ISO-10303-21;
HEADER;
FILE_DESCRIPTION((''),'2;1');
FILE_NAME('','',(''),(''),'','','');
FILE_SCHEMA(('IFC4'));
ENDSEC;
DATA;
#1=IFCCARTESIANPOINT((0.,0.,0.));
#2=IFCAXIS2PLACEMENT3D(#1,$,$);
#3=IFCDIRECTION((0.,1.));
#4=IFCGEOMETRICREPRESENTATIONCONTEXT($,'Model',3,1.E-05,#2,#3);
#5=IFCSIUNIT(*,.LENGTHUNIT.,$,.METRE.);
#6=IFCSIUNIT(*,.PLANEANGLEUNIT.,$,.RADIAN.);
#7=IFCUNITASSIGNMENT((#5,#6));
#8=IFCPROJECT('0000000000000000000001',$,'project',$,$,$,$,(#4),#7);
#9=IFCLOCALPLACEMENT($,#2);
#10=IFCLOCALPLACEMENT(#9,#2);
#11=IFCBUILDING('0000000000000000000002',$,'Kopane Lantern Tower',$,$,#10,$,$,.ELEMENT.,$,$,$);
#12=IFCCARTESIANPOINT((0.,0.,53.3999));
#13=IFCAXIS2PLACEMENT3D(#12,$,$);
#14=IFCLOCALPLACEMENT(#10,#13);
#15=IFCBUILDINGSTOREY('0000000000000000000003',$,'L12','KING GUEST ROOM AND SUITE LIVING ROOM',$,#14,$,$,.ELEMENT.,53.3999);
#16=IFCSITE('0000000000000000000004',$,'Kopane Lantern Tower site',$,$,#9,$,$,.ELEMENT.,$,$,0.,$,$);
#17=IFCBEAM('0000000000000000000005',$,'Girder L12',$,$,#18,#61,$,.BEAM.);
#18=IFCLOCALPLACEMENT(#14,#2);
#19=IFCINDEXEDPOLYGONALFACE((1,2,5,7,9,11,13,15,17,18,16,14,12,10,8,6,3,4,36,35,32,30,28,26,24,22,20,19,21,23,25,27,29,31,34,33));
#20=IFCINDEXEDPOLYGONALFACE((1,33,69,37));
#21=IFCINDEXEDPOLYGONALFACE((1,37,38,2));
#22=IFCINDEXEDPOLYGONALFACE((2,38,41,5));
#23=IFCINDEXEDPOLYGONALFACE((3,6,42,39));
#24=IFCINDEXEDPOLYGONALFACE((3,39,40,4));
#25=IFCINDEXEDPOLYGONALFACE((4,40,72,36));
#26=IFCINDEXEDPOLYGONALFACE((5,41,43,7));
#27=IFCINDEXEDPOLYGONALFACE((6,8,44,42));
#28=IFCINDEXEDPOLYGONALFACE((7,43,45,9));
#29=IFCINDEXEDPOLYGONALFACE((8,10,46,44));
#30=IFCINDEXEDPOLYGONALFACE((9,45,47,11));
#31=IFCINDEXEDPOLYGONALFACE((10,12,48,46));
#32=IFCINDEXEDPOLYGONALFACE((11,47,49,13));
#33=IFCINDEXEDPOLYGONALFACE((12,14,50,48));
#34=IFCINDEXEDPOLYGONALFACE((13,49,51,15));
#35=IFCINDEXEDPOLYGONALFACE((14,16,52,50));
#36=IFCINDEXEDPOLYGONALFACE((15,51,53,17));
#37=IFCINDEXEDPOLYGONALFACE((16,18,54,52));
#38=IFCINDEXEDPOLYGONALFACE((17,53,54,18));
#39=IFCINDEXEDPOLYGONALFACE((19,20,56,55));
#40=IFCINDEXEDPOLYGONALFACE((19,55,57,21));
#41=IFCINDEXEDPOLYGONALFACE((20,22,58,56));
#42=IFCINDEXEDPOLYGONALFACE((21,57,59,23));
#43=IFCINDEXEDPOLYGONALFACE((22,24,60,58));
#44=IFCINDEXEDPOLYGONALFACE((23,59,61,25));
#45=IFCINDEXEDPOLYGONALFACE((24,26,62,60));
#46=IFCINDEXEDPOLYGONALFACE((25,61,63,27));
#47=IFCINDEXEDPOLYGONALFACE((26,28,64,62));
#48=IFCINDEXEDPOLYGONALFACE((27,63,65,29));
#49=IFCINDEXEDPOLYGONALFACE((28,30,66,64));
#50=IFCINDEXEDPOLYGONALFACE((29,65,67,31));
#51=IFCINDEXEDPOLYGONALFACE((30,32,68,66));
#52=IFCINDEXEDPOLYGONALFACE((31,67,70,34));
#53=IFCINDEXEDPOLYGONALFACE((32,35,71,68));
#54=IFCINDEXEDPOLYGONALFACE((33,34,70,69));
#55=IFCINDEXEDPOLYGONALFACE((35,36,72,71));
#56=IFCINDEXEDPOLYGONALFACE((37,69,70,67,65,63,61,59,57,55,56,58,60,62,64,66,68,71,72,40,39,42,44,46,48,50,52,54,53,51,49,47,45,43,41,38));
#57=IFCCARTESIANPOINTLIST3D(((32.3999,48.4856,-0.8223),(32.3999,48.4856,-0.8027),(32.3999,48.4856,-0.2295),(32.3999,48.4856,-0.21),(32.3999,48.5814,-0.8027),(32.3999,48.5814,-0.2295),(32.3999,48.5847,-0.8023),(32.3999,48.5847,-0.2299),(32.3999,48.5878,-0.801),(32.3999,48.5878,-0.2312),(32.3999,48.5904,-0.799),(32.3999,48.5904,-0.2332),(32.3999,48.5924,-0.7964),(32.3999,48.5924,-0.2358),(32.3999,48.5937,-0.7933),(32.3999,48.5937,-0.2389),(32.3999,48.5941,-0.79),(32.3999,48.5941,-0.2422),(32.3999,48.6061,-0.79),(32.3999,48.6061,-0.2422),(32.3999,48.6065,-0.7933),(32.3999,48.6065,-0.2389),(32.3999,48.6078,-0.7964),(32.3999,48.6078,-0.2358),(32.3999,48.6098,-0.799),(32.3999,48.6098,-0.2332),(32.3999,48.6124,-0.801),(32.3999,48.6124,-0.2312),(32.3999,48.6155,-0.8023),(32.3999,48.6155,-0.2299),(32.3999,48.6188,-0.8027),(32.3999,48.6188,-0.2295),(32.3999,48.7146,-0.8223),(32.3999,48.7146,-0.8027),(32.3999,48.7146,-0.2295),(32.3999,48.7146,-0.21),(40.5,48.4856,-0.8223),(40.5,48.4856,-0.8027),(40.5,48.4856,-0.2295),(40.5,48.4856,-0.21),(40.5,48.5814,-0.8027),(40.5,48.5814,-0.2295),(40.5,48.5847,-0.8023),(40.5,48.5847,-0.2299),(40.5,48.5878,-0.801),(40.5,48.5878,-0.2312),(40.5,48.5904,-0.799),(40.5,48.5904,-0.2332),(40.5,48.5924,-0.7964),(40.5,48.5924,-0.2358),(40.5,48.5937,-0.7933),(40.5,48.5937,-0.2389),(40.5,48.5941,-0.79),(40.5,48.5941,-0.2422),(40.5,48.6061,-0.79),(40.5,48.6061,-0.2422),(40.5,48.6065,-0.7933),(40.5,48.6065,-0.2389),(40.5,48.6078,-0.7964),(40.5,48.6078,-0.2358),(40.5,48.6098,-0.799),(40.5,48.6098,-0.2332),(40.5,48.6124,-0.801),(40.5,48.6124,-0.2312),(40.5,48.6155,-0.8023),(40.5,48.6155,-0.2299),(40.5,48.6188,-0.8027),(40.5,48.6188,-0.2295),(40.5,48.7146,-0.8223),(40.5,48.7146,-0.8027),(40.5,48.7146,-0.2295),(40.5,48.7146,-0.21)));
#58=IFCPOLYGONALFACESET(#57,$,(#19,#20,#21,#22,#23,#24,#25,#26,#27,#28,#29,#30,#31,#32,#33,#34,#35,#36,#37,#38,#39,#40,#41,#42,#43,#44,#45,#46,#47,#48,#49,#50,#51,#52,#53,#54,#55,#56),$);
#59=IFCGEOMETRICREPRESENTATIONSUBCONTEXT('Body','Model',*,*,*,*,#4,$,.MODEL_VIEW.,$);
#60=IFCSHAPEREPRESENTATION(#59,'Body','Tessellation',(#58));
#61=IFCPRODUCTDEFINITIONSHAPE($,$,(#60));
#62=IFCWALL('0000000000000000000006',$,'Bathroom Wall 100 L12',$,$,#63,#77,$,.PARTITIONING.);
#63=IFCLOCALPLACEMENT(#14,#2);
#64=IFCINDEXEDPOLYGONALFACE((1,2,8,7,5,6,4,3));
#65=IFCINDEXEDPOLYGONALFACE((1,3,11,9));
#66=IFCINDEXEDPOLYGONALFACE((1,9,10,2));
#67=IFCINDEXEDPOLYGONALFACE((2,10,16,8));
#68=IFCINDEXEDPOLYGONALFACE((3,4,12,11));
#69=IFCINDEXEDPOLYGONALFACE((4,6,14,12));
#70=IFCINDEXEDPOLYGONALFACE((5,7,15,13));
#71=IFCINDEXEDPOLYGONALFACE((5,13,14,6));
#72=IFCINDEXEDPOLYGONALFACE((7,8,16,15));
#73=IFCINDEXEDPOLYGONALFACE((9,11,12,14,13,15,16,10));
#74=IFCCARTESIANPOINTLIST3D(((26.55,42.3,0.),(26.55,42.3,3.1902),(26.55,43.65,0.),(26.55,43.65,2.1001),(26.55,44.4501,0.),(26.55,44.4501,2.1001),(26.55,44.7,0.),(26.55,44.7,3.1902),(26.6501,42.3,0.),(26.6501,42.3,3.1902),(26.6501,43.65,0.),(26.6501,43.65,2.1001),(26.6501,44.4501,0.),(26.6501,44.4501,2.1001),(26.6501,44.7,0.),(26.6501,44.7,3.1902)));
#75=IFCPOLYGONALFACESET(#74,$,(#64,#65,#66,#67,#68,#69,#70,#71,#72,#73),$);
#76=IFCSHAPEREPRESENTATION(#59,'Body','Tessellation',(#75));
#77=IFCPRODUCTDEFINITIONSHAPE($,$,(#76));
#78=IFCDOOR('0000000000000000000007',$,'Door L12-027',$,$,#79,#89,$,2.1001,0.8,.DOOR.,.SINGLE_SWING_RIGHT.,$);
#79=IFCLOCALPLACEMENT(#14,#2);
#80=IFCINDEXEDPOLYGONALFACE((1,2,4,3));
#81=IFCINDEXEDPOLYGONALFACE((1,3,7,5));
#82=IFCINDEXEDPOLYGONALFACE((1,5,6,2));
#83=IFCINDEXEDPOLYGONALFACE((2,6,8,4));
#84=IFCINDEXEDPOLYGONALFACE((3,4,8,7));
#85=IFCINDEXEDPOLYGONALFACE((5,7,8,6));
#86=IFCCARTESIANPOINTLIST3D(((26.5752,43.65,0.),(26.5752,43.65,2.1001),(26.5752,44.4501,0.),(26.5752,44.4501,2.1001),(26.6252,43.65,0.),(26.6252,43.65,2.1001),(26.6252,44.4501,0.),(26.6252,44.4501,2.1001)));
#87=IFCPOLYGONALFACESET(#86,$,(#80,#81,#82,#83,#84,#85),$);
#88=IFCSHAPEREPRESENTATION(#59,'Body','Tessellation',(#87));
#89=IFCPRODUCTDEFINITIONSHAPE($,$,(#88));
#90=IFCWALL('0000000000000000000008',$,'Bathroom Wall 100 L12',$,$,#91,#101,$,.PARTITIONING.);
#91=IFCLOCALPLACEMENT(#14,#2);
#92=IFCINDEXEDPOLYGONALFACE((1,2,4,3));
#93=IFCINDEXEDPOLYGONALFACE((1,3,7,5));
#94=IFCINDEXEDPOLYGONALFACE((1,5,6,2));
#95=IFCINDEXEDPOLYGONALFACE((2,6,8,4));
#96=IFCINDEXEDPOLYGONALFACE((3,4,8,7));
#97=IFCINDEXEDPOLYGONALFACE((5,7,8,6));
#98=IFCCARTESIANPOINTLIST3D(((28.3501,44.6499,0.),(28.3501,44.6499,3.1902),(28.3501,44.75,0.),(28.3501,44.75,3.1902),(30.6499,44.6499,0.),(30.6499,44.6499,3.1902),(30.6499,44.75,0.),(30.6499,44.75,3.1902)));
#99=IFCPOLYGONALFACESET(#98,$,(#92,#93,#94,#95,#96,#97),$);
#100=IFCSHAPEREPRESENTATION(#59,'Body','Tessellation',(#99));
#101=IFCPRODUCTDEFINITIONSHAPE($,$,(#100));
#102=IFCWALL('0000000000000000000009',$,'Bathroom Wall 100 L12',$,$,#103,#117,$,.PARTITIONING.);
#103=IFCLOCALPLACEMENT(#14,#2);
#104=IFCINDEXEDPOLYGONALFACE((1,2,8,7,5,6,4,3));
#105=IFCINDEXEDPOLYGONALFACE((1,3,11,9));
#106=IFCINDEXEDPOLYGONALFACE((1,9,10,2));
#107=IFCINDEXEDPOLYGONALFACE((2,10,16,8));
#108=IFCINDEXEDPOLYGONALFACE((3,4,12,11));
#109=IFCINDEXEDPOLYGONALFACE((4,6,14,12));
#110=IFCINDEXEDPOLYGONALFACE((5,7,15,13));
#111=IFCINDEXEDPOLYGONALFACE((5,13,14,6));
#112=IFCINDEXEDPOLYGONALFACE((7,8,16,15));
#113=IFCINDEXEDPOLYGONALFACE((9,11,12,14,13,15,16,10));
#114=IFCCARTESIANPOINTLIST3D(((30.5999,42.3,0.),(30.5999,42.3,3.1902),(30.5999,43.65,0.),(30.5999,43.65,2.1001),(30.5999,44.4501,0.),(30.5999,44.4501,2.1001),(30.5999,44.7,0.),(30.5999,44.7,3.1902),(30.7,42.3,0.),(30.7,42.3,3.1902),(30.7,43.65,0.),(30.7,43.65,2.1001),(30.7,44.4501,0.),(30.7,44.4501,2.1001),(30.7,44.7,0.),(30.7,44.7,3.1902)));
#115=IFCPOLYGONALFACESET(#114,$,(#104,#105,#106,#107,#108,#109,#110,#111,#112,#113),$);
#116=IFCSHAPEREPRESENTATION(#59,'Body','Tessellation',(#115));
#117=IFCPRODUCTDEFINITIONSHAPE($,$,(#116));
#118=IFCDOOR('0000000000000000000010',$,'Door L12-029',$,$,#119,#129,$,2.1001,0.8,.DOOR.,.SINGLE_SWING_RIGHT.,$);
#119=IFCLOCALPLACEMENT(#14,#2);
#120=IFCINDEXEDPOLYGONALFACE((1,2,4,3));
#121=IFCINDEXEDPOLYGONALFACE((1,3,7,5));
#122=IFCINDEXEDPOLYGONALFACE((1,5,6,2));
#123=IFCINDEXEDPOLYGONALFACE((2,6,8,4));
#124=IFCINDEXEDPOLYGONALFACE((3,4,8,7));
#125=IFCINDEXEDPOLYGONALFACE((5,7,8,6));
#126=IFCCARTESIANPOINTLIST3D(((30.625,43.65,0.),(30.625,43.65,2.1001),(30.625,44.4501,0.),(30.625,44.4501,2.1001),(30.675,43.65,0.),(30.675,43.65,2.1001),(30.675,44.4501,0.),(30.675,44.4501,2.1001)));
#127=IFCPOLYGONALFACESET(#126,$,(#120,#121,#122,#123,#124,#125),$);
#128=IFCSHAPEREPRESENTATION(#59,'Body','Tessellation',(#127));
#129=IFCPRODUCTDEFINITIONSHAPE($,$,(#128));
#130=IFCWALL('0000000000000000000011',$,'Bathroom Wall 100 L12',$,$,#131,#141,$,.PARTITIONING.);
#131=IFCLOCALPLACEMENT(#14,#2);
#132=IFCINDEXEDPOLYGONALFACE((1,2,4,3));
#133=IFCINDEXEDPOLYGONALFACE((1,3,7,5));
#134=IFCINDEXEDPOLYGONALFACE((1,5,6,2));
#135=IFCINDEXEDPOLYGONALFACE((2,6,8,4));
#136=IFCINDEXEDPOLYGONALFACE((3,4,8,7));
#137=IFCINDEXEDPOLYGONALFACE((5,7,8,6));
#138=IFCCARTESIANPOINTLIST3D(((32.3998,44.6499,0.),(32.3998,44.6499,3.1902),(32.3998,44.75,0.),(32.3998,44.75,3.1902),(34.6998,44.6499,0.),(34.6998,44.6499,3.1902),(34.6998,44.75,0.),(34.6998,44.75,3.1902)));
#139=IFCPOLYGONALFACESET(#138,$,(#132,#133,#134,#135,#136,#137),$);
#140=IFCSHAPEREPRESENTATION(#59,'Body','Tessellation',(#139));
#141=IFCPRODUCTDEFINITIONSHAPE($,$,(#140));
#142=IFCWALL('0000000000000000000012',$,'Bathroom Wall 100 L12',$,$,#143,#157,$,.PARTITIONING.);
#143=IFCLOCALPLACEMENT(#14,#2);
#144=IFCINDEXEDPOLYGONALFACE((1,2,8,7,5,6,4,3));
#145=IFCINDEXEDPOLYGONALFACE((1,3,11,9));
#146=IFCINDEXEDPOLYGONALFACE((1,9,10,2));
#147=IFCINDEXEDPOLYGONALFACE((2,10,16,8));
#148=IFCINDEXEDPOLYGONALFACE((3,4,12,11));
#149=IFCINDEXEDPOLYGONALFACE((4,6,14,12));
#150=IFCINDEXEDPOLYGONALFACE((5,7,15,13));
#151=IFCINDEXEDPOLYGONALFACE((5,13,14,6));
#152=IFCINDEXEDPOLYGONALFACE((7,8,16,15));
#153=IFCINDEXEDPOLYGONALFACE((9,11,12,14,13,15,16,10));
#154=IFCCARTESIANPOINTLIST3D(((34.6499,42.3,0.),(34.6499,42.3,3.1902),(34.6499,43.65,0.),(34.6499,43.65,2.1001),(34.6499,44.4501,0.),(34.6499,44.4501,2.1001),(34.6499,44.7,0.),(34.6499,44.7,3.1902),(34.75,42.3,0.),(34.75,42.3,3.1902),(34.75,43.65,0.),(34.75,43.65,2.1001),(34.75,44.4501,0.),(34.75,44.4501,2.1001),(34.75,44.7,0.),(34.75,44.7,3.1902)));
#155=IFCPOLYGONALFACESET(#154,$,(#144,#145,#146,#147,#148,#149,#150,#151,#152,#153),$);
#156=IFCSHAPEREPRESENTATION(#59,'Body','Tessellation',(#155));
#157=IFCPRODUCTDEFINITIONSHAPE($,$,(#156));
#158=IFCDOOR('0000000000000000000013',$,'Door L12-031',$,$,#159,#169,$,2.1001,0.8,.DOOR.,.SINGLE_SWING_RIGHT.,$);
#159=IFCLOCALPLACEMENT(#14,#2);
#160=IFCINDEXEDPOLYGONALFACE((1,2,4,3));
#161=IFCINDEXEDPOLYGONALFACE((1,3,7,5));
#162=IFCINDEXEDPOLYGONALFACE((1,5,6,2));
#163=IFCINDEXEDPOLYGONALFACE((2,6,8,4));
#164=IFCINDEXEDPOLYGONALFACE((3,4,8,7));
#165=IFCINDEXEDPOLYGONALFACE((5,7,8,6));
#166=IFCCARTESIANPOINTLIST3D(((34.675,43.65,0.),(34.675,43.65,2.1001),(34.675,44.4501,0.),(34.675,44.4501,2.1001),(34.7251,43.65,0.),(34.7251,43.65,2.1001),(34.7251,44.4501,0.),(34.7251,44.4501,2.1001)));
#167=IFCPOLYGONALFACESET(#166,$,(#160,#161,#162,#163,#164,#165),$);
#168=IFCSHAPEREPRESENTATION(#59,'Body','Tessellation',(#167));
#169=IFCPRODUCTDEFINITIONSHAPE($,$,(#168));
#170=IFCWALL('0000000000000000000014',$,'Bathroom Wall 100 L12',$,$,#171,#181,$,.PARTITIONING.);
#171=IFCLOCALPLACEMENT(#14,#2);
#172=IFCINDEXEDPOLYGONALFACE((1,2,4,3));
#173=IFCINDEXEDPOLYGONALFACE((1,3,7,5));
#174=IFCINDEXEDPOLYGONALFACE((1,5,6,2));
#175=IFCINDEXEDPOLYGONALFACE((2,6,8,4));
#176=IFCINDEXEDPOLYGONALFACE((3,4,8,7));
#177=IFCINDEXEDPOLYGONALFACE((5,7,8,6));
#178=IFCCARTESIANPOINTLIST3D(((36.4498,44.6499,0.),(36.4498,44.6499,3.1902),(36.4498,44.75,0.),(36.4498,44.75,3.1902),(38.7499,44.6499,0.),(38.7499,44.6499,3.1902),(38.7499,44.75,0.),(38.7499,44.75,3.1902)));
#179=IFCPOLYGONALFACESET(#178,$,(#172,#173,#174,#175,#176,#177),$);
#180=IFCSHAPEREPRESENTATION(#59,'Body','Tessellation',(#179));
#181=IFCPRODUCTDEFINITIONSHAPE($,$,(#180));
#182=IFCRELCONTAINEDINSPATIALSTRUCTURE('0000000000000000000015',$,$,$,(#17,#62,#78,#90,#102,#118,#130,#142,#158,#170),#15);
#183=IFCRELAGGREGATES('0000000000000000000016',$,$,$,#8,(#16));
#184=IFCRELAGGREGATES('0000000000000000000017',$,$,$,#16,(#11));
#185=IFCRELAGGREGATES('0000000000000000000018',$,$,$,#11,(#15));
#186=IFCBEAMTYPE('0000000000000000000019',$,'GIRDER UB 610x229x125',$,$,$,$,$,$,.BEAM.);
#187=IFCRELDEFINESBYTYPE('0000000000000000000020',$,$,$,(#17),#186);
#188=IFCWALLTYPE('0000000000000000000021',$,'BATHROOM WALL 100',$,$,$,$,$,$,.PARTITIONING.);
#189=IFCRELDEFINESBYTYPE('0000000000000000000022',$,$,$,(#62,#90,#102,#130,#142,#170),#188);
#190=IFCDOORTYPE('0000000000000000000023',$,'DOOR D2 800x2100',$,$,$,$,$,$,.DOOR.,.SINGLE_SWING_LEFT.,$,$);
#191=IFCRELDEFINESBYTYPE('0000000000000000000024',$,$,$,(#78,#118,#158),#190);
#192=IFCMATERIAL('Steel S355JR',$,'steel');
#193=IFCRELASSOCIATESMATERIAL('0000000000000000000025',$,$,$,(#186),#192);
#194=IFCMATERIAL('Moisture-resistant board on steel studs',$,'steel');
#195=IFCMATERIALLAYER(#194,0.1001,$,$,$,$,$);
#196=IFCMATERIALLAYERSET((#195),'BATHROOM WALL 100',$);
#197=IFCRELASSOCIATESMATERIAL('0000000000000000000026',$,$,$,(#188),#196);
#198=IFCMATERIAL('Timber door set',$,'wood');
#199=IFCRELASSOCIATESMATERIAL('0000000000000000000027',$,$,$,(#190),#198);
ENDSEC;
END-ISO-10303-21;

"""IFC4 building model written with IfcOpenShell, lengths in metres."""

from ifc_helpers import new_model, si_unit, direction, frame, frame_2d, origin, origin_2d, place, context, subcontext, project, spatial, rectangle, i_section, extrude, material, layer, layer_set, material_profile, profile_set, type_object, element, fill, save


model = new_model("IFC4")

# Units and contexts
model_context = context("Model", 3, precision=1e-05, world=origin(), true_north=direction((0.0, 1.0)))
body_context = subcontext(model_context, "Body", "Model", "MODEL_VIEW")
ifc_project = project(units=[si_unit("LENGTHUNIT", "METRE"), si_unit("PLANEANGLEUNIT", "RADIAN")], contexts=[model_context])

# Site, building, storey
site_placement = place(None, origin())
site = spatial("IfcSite", under=ifc_project, at=site_placement, Name="Kopane Lantern Tower site", CompositionType="ELEMENT", RefElevation=0.0)
building_placement = place(site_placement, origin())
building = spatial("IfcBuilding", under=site, at=building_placement, Name="Kopane Lantern Tower", CompositionType="ELEMENT")
storey_placement = place(building_placement, frame((0.0, 0.0, 53.3999)))
storey = spatial("IfcBuildingStorey", under=building, at=storey_placement, Name="L12", Description="KING GUEST ROOM AND SUITE LIVING ROOM", CompositionType="ELEMENT", Elevation=53.3999)

# Beam
ifc_material_1 = material(Name="Steel S355JR", Category="steel")
ifc_material_profile_1 = material_profile(ifc_material_1, i_section(OverallWidth=0.229, OverallDepth=0.6123, WebThickness=0.012, FlangeThickness=0.0195, FilletRadius=0.0127, at=origin_2d()), Name="UB 610x229x125")
ifc_profile_set_1 = profile_set([ifc_material_profile_1], Name="Steel S355JR")
beam_type = type_object("IfcBeamType", Name="GIRDER UB 610x229x125", PredefinedType="BEAM", material=ifc_profile_set_1)
for number, where, z_axis, x_axis, name in (
    (1, (32.3999, 48.6001, -0.5161), (1.0, 0.0, 0.0), (0.0, 1.0, 0.0), "Girder L12"),
):
    element("IfcBeam", number, at=place(storey_placement, frame(where, z_axis=z_axis, x_axis=x_axis)), inside=storey, type_object=beam_type, Name=name, PredefinedType="BEAM", context=body_context, shape_type="SweptSolid", body=[
        extrude(i_section(OverallWidth=0.229, OverallDepth=0.6123, WebThickness=0.012, FlangeThickness=0.0195, FilletRadius=0.0127, at=origin_2d()), origin(), (0.0, 0.0, 1.0), 8.1001),
    ])

# Wall, opening, door
ifc_material_2 = material(Name="Moisture-resistant board on steel studs", Category="steel")
ifc_layer_1 = layer(ifc_material_2, 0.1001)
ifc_layer_set_1 = layer_set([ifc_layer_1], Name="BATHROOM WALL 100")
wall_type_1 = type_object("IfcWallType", Name="BATHROOM WALL 100", PredefinedType="PARTITIONING", material=ifc_layer_set_1)
wall_1_placement = place(storey_placement, frame((26.6001, 42.3, 0.0), z_axis=(0.0, 0.0, 1.0), x_axis=(0.0, 1.0, 0.0)))
wall_1 = element("IfcWall", 2, at=wall_1_placement, inside=storey, type_object=wall_type_1, Name="Bathroom Wall 100 L12", PredefinedType="PARTITIONING", context=body_context, shape_type="SweptSolid", body=[
    extrude(rectangle(XDim=2.3999, YDim=0.1001, at=frame_2d((1.2, 0.0))), origin(), (0.0, 0.0, 1.0), 3.1902),
])
opening_1_placement = place(wall_1_placement, frame((1.3501, 0.0, 0.0)))
opening_1 = element("IfcOpeningElement", 3, at=opening_1_placement, cuts=wall_1, PredefinedType="OPENING", context=body_context, shape_type="SweptSolid", body=[
    extrude(rectangle(XDim=0.8, YDim=2.1001, at=frame_2d((0.3999, 1.05))), frame((0.0, 0.0601, 0.0), z_axis=(0.0, -1.0, 0.0), x_axis=(1.0, 0.0, 0.0)), (0.0, 0.0, 1.0), 0.1201),
])
ifc_material_3 = material(Name="Timber door set", Category="wood")
door_type_1 = type_object("IfcDoorType", Name="DOOR D2 800x2100", OperationType="SINGLE_SWING_LEFT", PredefinedType="DOOR", material=ifc_material_3)
door_1_placement = place(opening_1_placement, origin())
door_1 = element("IfcDoor", 4, at=door_1_placement, inside=storey, type_object=door_type_1, Name="Door L12-027", OperationType="SINGLE_SWING_RIGHT", OverallHeight=2.1001, OverallWidth=0.8, PredefinedType="DOOR", context=body_context, shape_type="SweptSolid", body=[
    extrude(rectangle(XDim=0.8, YDim=2.1001, at=frame_2d((0.3999, 1.05))), frame((0.0, 0.0249, 0.0), z_axis=(0.0, -1.0, 0.0), x_axis=(1.0, 0.0, 0.0)), (0.0, 0.0, 1.0), 0.05),
])
fill(opening_1, door_1)

# Wall
wall_2_placement = place(storey_placement, frame((28.3501, 44.7, 0.0), z_axis=(0.0, 0.0, 1.0), x_axis=(1.0, 0.0, 0.0)))
element("IfcWall", 5, at=wall_2_placement, inside=storey, type_object=wall_type_1, Name="Bathroom Wall 100 L12", PredefinedType="PARTITIONING", context=body_context, shape_type="SweptSolid", body=[
    extrude(rectangle(XDim=2.2998, YDim=0.1001, at=frame_2d((1.1499, 0.0))), origin(), (0.0, 0.0, 1.0), 3.1902),
])

# Wall, opening, door
wall_3_placement = place(storey_placement, frame((30.6499, 42.3, 0.0), z_axis=(0.0, 0.0, 1.0), x_axis=(0.0, 1.0, 0.0)))
wall_3 = element("IfcWall", 6, at=wall_3_placement, inside=storey, type_object=wall_type_1, Name="Bathroom Wall 100 L12", PredefinedType="PARTITIONING", context=body_context, shape_type="SweptSolid", body=[
    extrude(rectangle(XDim=2.3999, YDim=0.1001, at=frame_2d((1.2, 0.0))), origin(), (0.0, 0.0, 1.0), 3.1902),
])
opening_2_placement = place(wall_3_placement, frame((1.3501, 0.0, 0.0)))
opening_2 = element("IfcOpeningElement", 7, at=opening_2_placement, cuts=wall_3, PredefinedType="OPENING", context=body_context, shape_type="SweptSolid", body=[
    extrude(rectangle(XDim=0.8, YDim=2.1001, at=frame_2d((0.3999, 1.05))), frame((0.0, 0.0601, 0.0), z_axis=(0.0, -1.0, 0.0), x_axis=(1.0, 0.0, 0.0)), (0.0, 0.0, 1.0), 0.1201),
])
door_2_placement = place(opening_2_placement, origin())
door_2 = element("IfcDoor", 8, at=door_2_placement, inside=storey, type_object=door_type_1, Name="Door L12-029", OperationType="SINGLE_SWING_RIGHT", OverallHeight=2.1001, OverallWidth=0.8, PredefinedType="DOOR", context=body_context, shape_type="SweptSolid", body=[
    extrude(rectangle(XDim=0.8, YDim=2.1001, at=frame_2d((0.3999, 1.05))), frame((0.0, 0.0249, 0.0), z_axis=(0.0, -1.0, 0.0), x_axis=(1.0, 0.0, 0.0)), (0.0, 0.0, 1.0), 0.05),
])
fill(opening_2, door_2)

# Wall
wall_4_placement = place(storey_placement, frame((32.3999, 44.7, 0.0), z_axis=(0.0, 0.0, 1.0), x_axis=(1.0, 0.0, 0.0)))
element("IfcWall", 9, at=wall_4_placement, inside=storey, type_object=wall_type_1, Name="Bathroom Wall 100 L12", PredefinedType="PARTITIONING", context=body_context, shape_type="SweptSolid", body=[
    extrude(rectangle(XDim=2.3, YDim=0.1001, at=frame_2d((1.1499, 0.0))), origin(), (0.0, 0.0, 1.0), 3.1902),
])

# Wall, opening, door
wall_5_placement = place(storey_placement, frame((34.7, 42.3, 0.0), z_axis=(0.0, 0.0, 1.0), x_axis=(0.0, 1.0, 0.0)))
wall_5 = element("IfcWall", 10, at=wall_5_placement, inside=storey, type_object=wall_type_1, Name="Bathroom Wall 100 L12", PredefinedType="PARTITIONING", context=body_context, shape_type="SweptSolid", body=[
    extrude(rectangle(XDim=2.3999, YDim=0.1001, at=frame_2d((1.2, 0.0))), origin(), (0.0, 0.0, 1.0), 3.1902),
])
opening_3_placement = place(wall_5_placement, frame((1.3501, 0.0, 0.0)))
opening_3 = element("IfcOpeningElement", 11, at=opening_3_placement, cuts=wall_5, PredefinedType="OPENING", context=body_context, shape_type="SweptSolid", body=[
    extrude(rectangle(XDim=0.8, YDim=2.1001, at=frame_2d((0.3999, 1.05))), frame((0.0, 0.0601, 0.0), z_axis=(0.0, -1.0, 0.0), x_axis=(1.0, 0.0, 0.0)), (0.0, 0.0, 1.0), 0.1201),
])
door_3_placement = place(opening_3_placement, origin())
door_3 = element("IfcDoor", 12, at=door_3_placement, inside=storey, type_object=door_type_1, Name="Door L12-031", OperationType="SINGLE_SWING_RIGHT", OverallHeight=2.1001, OverallWidth=0.8, PredefinedType="DOOR", context=body_context, shape_type="SweptSolid", body=[
    extrude(rectangle(XDim=0.8, YDim=2.1001, at=frame_2d((0.3999, 1.05))), frame((0.0, 0.0249, 0.0), z_axis=(0.0, -1.0, 0.0), x_axis=(1.0, 0.0, 0.0)), (0.0, 0.0, 1.0), 0.05),
])
fill(opening_3, door_3)

# Wall
wall_6_placement = place(storey_placement, frame((36.45, 44.7, 0.0), z_axis=(0.0, 0.0, 1.0), x_axis=(1.0, 0.0, 0.0)))
element("IfcWall", 13, at=wall_6_placement, inside=storey, type_object=wall_type_1, Name="Bathroom Wall 100 L12", PredefinedType="PARTITIONING", context=body_context, shape_type="SweptSolid", body=[
    extrude(rectangle(XDim=2.3, YDim=0.1001, at=frame_2d((1.1499, 0.0))), origin(), (0.0, 0.0, 1.0), 3.1902),
])

save(model, "model.ifc")
